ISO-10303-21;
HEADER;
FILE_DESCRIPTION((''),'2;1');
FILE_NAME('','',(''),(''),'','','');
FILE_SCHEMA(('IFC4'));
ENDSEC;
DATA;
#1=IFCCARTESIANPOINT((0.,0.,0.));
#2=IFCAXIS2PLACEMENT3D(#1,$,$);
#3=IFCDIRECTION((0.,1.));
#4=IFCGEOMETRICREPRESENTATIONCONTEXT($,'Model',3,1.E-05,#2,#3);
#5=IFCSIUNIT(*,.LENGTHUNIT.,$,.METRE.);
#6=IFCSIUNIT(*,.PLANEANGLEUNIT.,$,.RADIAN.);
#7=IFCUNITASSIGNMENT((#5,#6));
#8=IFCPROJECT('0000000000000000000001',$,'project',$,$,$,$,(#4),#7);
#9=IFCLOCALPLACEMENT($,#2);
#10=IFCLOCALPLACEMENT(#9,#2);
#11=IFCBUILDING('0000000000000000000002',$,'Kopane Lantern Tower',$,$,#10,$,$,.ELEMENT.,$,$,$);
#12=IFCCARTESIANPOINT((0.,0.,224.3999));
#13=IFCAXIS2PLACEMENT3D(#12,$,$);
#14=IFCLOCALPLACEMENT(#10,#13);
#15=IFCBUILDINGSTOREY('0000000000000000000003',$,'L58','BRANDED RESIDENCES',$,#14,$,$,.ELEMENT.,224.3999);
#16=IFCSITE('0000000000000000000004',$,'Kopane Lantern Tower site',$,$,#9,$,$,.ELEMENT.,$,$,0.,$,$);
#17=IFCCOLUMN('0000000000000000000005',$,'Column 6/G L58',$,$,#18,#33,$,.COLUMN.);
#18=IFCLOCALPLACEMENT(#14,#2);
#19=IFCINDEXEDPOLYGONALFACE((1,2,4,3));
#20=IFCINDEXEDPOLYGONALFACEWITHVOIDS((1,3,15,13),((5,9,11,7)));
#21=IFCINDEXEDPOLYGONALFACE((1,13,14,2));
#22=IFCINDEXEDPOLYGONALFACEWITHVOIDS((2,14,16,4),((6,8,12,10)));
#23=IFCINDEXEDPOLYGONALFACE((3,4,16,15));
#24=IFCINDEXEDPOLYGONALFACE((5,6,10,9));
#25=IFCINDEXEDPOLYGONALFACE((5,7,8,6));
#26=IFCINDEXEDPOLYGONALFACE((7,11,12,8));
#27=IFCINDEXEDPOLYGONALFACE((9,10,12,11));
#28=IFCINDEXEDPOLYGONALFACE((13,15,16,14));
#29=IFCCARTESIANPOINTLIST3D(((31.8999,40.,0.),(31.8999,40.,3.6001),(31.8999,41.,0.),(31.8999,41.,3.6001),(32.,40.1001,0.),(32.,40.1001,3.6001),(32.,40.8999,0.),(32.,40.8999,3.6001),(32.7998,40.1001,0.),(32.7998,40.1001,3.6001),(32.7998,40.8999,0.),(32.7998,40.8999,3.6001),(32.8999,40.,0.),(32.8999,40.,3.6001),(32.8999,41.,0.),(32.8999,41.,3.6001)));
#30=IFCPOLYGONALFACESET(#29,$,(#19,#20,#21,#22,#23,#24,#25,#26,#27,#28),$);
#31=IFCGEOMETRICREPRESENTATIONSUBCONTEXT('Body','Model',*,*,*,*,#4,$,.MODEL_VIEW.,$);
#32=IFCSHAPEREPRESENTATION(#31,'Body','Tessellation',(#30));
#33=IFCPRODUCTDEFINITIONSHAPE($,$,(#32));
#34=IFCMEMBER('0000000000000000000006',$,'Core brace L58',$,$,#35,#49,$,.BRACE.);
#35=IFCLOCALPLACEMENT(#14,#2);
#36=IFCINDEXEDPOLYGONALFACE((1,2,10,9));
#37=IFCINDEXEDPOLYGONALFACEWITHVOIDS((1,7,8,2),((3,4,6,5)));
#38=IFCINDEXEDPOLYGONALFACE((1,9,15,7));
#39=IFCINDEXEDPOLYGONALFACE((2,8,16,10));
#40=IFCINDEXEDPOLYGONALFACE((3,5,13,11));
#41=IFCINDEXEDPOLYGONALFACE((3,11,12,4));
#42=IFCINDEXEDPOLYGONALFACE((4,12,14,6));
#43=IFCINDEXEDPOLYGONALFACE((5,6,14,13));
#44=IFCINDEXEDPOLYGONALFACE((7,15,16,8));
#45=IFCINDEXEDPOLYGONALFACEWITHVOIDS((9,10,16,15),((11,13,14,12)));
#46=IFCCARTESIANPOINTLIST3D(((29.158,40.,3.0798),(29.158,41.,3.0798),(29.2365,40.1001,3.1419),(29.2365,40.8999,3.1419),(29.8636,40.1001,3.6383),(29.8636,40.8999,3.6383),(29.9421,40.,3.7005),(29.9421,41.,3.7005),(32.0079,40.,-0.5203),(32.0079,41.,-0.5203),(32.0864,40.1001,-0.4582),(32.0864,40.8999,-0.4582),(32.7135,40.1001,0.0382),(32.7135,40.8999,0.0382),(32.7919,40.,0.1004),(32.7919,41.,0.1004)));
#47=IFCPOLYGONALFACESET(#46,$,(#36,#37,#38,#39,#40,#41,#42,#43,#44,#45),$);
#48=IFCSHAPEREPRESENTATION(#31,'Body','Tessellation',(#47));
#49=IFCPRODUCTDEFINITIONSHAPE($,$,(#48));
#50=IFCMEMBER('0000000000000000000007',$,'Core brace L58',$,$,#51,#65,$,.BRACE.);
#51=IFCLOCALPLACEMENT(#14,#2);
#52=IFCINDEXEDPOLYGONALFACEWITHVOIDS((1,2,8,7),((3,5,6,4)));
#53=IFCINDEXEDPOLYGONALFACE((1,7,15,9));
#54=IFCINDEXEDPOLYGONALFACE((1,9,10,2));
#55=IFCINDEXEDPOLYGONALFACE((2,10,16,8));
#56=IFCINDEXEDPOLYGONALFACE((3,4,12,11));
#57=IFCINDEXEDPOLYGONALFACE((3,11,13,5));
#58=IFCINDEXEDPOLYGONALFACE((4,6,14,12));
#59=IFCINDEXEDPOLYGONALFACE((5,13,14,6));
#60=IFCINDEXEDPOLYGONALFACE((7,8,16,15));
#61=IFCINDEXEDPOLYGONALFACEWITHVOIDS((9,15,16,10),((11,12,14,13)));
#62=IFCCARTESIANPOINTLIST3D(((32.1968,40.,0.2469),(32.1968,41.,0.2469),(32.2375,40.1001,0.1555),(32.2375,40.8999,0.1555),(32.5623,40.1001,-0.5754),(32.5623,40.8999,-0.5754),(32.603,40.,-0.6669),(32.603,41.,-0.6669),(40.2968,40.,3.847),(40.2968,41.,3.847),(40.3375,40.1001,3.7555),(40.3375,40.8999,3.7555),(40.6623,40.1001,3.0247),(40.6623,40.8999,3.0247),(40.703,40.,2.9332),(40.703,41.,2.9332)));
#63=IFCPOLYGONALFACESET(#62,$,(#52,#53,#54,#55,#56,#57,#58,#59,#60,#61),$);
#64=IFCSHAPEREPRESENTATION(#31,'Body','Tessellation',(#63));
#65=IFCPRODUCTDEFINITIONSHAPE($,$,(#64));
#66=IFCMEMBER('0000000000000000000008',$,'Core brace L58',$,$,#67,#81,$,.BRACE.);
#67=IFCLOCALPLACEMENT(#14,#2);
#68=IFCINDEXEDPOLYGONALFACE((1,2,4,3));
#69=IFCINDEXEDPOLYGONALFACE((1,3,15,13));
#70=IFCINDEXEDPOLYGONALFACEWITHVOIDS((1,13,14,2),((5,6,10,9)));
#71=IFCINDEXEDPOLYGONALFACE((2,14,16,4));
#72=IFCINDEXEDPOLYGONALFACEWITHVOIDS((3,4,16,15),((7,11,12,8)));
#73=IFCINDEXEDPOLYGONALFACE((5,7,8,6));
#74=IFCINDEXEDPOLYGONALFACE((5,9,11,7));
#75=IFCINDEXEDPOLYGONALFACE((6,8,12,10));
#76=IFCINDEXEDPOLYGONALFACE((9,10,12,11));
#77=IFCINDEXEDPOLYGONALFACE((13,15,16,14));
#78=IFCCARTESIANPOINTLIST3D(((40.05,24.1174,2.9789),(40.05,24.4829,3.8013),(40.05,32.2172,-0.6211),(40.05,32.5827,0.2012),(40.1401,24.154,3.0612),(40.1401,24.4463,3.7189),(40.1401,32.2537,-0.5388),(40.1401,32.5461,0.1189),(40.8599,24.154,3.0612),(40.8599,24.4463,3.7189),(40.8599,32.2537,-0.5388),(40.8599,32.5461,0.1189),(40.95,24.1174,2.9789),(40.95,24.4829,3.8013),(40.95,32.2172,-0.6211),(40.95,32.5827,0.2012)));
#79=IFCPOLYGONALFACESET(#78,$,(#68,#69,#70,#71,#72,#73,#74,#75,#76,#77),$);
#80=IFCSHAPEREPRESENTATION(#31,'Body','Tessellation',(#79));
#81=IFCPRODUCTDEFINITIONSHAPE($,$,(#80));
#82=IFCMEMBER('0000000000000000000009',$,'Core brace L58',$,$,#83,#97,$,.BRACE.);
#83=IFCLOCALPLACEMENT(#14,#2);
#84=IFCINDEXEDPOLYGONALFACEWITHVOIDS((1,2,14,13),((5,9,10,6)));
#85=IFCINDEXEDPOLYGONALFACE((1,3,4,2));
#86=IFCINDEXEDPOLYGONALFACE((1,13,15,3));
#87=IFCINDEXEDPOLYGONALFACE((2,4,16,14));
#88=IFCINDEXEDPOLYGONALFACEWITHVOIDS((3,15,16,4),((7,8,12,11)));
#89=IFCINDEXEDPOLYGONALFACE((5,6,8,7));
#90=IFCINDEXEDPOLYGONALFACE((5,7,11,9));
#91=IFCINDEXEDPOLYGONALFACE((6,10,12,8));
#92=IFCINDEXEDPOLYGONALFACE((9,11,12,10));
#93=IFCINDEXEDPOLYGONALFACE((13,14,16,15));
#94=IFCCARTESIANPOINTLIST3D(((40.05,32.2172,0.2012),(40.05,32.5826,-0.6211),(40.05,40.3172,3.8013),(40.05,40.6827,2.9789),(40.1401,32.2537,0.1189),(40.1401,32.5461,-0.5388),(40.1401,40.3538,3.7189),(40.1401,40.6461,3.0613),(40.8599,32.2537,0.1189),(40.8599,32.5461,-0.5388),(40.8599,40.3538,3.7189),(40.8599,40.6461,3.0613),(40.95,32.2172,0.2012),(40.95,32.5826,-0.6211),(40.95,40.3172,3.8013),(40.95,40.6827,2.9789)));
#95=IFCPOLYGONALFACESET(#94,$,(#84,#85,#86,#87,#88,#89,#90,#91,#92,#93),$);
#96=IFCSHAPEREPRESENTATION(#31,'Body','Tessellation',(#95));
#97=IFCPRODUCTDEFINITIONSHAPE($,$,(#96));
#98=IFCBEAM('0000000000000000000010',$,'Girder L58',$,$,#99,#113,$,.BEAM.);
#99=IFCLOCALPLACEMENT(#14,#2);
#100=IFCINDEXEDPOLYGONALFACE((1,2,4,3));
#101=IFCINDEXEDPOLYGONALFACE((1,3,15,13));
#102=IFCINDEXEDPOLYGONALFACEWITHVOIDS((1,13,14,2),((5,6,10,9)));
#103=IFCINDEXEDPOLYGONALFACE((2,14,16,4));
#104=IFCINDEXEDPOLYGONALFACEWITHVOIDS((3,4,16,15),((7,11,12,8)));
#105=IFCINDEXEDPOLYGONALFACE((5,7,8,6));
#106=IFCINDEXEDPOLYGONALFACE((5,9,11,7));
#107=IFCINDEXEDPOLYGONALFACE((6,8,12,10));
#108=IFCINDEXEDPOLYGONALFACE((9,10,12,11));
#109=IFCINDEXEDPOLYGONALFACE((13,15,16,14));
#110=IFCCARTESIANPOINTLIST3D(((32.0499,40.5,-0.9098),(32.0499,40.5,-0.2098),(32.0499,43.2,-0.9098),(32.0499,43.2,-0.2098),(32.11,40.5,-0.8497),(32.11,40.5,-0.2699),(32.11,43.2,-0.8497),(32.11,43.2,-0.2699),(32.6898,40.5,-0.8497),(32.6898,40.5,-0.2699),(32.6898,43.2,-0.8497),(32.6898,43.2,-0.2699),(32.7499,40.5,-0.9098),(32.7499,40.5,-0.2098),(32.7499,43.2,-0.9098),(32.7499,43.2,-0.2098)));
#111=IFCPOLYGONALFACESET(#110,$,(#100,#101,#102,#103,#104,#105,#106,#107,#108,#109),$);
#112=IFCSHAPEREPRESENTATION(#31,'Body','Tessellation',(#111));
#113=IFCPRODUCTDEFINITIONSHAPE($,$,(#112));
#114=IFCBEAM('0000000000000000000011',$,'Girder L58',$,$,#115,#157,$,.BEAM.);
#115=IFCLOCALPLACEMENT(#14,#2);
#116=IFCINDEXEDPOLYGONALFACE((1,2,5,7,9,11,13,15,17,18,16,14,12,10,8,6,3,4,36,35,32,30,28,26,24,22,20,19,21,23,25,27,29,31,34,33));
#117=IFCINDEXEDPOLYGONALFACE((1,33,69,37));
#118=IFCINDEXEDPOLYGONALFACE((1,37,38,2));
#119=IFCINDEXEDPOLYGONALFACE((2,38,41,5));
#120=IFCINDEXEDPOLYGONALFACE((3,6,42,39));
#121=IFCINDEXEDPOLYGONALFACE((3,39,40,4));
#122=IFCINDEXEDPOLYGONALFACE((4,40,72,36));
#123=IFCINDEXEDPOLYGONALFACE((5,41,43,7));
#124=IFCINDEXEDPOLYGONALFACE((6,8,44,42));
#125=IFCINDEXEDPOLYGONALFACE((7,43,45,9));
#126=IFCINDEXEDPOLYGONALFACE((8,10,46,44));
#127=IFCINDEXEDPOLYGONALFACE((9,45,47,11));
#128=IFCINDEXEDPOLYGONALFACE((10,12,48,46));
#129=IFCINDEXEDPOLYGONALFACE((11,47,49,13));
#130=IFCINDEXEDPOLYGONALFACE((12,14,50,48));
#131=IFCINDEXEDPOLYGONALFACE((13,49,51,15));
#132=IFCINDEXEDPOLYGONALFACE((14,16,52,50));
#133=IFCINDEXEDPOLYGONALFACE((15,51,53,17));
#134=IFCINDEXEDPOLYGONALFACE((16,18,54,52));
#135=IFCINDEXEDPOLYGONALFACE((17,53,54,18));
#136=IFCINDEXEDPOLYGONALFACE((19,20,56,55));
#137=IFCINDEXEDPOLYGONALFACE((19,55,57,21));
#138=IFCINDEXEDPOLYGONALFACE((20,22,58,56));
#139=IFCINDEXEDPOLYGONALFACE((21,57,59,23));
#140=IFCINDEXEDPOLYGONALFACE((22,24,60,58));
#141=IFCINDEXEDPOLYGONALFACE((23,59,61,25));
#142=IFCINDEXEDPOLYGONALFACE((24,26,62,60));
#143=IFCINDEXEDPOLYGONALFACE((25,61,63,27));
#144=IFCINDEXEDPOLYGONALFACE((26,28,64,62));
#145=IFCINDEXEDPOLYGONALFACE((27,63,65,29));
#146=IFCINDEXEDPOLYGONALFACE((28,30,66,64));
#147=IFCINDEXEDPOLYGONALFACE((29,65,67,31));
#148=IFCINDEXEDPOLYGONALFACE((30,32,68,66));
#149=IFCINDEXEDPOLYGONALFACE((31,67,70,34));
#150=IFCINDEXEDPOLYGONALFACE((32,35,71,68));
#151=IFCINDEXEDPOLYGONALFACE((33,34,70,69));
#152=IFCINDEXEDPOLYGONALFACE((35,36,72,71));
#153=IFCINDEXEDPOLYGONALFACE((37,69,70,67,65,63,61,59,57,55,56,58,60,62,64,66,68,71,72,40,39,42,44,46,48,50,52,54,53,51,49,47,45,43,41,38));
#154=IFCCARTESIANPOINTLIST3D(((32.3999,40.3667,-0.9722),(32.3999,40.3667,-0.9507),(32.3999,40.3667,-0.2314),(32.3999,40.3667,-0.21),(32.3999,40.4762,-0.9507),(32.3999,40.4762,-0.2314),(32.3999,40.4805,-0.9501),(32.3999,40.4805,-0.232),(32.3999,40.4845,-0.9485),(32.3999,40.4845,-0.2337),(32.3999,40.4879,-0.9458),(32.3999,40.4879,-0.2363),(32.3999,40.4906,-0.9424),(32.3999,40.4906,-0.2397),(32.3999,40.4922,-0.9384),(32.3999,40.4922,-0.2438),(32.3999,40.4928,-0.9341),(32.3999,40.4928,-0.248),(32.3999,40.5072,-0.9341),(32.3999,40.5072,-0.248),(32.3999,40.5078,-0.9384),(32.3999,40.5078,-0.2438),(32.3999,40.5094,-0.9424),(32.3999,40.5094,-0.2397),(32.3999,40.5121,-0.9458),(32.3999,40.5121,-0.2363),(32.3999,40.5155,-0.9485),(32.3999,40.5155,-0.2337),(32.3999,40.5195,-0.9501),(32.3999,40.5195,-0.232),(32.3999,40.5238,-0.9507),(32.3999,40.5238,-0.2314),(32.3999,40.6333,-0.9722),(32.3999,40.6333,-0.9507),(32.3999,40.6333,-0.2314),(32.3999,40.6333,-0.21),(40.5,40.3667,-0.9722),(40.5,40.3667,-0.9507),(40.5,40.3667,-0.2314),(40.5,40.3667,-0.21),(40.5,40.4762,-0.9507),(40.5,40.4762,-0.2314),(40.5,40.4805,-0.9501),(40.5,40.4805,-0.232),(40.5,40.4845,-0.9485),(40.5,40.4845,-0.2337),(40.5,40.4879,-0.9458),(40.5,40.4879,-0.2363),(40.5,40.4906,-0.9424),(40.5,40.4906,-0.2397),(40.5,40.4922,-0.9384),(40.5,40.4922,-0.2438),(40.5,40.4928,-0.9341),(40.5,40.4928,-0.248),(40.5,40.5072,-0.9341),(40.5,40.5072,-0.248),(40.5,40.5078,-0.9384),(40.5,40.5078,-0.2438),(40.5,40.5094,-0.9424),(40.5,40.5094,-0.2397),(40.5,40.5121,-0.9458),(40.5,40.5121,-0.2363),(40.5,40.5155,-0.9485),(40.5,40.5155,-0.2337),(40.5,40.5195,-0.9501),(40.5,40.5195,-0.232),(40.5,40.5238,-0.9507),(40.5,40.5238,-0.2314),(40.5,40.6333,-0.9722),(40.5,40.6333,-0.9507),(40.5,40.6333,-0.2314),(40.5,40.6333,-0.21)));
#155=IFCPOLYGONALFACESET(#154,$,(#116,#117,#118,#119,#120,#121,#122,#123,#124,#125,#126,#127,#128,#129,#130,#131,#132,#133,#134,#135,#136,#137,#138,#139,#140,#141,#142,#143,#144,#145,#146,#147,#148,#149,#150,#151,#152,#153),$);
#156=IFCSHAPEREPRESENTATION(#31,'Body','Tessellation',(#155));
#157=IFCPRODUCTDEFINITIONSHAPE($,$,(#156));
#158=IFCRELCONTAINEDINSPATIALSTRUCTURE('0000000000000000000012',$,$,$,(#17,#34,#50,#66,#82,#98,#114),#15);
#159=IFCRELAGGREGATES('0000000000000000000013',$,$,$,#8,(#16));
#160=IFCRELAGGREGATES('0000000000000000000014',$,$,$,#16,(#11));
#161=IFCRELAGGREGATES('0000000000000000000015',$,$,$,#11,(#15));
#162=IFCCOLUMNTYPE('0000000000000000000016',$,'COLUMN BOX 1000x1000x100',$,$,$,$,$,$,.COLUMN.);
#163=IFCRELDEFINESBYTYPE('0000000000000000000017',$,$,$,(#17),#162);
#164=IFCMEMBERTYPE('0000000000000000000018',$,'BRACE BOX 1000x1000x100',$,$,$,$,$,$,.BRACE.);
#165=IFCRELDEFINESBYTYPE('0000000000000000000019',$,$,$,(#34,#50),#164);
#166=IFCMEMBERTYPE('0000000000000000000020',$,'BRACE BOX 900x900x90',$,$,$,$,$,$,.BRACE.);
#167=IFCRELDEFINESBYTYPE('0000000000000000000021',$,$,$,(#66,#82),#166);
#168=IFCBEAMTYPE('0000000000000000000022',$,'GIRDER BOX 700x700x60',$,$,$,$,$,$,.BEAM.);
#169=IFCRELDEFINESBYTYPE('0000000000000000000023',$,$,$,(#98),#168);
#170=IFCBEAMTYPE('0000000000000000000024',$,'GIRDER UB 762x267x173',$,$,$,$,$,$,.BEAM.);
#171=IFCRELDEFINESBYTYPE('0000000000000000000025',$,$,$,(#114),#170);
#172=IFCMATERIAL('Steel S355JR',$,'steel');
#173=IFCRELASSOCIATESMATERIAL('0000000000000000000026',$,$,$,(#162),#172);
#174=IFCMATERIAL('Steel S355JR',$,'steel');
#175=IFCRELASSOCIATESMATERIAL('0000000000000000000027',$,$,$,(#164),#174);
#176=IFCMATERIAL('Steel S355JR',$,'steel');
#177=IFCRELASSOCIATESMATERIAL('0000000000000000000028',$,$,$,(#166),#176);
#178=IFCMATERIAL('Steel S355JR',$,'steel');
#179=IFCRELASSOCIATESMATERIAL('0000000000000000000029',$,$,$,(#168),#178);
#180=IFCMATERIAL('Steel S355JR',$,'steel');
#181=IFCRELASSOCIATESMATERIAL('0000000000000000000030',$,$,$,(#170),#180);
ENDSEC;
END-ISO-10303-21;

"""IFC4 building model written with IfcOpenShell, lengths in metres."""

from ifc_helpers import new_model, si_unit, direction, frame, origin, origin_2d, place, context, subcontext, project, spatial, hollow_rectangle, i_section, extrude, material, material_profile, profile_set, type_object, element, save


model = new_model("IFC4")

# Units and contexts
model_context = context("Model", 3, precision=1e-05, world=origin(), true_north=direction((0.0, 1.0)))
body_context = subcontext(model_context, "Body", "Model", "MODEL_VIEW")
ifc_project = project(units=[si_unit("LENGTHUNIT", "METRE"), si_unit("PLANEANGLEUNIT", "RADIAN")], contexts=[model_context])

# Site, building, storey
site_placement = place(None, origin())
site = spatial("IfcSite", under=ifc_project, at=site_placement, Name="Kopane Lantern Tower site", CompositionType="ELEMENT", RefElevation=0.0)
building_placement = place(site_placement, origin())
building = spatial("IfcBuilding", under=site, at=building_placement, Name="Kopane Lantern Tower", CompositionType="ELEMENT")
storey_placement = place(building_placement, frame((0.0, 0.0, 224.3999)))
storey = spatial("IfcBuildingStorey", under=building, at=storey_placement, Name="L58", Description="BRANDED RESIDENCES", CompositionType="ELEMENT", Elevation=224.3999)

# Column
ifc_material_1 = material(Name="Steel S355JR", Category="steel")
ifc_material_profile_1 = material_profile(ifc_material_1, hollow_rectangle(XDim=1.0, YDim=1.0, WallThickness=0.1001, at=origin_2d()), Name="BOX 1000x1000x100")
ifc_profile_set_1 = profile_set([ifc_material_profile_1], Name="Steel S355JR")
column_type = type_object("IfcColumnType", Name="COLUMN BOX 1000x1000x100", PredefinedType="COLUMN", material=ifc_profile_set_1)
column_placement = place(storey_placement, frame((32.3999, 40.5, 0.0), z_axis=(0.0, 0.0, 1.0), x_axis=(1.0, 0.0, 0.0)))
element("IfcColumn", 1, at=column_placement, inside=storey, type_object=column_type, Name="Column 6/G L58", PredefinedType="COLUMN", context=body_context, shape_type="SweptSolid", body=[
    extrude(hollow_rectangle(XDim=1.0, YDim=1.0, WallThickness=0.1001, at=origin_2d()), origin(), (0.0, 0.0, 1.0), 3.6001),
])

# Members
ifc_material_2 = material(Name="Steel S355JR", Category="steel")
ifc_material_profile_2 = material_profile(ifc_material_2, hollow_rectangle(XDim=1.0, YDim=1.0, WallThickness=0.1001, at=origin_2d()), Name="BOX 1000x1000x100")
ifc_profile_set_2 = profile_set([ifc_material_profile_2], Name="Steel S355JR")
member_type_1 = type_object("IfcMemberType", Name="BRACE BOX 1000x1000x100", PredefinedType="BRACE", material=ifc_profile_set_2)
member_1_placement = place(storey_placement, frame((32.3999, 40.5, -0.21), z_axis=(-0.620673, 0.0, 0.78407), x_axis=(0.0, -1.0, 0.0)))
element("IfcMember", 2, at=member_1_placement, inside=storey, type_object=member_type_1, Name="Core brace L58", PredefinedType="BRACE", context=body_context, shape_type="SweptSolid", body=[
    extrude(hollow_rectangle(XDim=1.0, YDim=1.0, WallThickness=0.1001, at=origin_2d()), origin(), (0.0, 0.0, 1.0), 4.5916),
])
member_2_placement = place(storey_placement, frame((32.3999, 40.5, -0.21), z_axis=(0.913809, 0.0, 0.406144), x_axis=(0.0, 1.0, 0.0)))
element("IfcMember", 3, at=member_2_placement, inside=storey, type_object=member_type_1, Name="Core brace L58", PredefinedType="BRACE", context=body_context, shape_type="SweptSolid", body=[
    extrude(hollow_rectangle(XDim=1.0, YDim=1.0, WallThickness=0.1001, at=origin_2d()), origin(), (0.0, 0.0, 1.0), 8.864),
])
ifc_material_3 = material(Name="Steel S355JR", Category="steel")
ifc_material_profile_3 = material_profile(ifc_material_3, hollow_rectangle(XDim=0.8999, YDim=0.8999, WallThickness=0.0901, at=origin_2d()), Name="BOX 900x900x90")
ifc_profile_set_3 = profile_set([ifc_material_profile_3], Name="Steel S355JR")
member_type_2 = type_object("IfcMemberType", Name="BRACE BOX 900x900x90", PredefinedType="BRACE", material=ifc_profile_set_3)
member_3_placement = place(storey_placement, frame((40.5, 32.3999, -0.21), z_axis=(0.0, -0.913805, 0.406154), x_axis=(1.0, 0.0, 0.0)))
element("IfcMember", 4, at=member_3_placement, inside=storey, type_object=member_type_2, Name="Core brace L58", PredefinedType="BRACE", context=body_context, shape_type="SweptSolid", body=[
    extrude(hollow_rectangle(XDim=0.8999, YDim=0.8999, WallThickness=0.0901, at=origin_2d()), origin(), (0.0, 0.0, 1.0), 8.8638),
])
member_4_placement = place(storey_placement, frame((40.5, 32.3999, -0.21), z_axis=(0.0, 0.913809, 0.406144), x_axis=(-1.0, 0.0, 0.0)))
element("IfcMember", 5, at=member_4_placement, inside=storey, type_object=member_type_2, Name="Core brace L58", PredefinedType="BRACE", context=body_context, shape_type="SweptSolid", body=[
    extrude(hollow_rectangle(XDim=0.8999, YDim=0.8999, WallThickness=0.0901, at=origin_2d()), origin(), (0.0, 0.0, 1.0), 8.864),
])

# Beams
ifc_material_4 = material(Name="Steel S355JR", Category="steel")
ifc_material_profile_4 = material_profile(ifc_material_4, hollow_rectangle(XDim=0.7, YDim=0.7, WallThickness=0.0601, at=origin_2d()), Name="BOX 700x700x60")
ifc_profile_set_4 = profile_set([ifc_material_profile_4], Name="Steel S355JR")
beam_type_1 = type_object("IfcBeamType", Name="GIRDER BOX 700x700x60", PredefinedType="BEAM", material=ifc_profile_set_4)
beam_placement = place(storey_placement, frame((32.3999, 40.5, -0.5598), z_axis=(0.0, 1.0, 0.0), x_axis=(-1.0, 0.0, 0.0)))
element("IfcBeam", 6, at=beam_placement, inside=storey, type_object=beam_type_1, Name="Girder L58", PredefinedType="BEAM", context=body_context, shape_type="SweptSolid", body=[
    extrude(hollow_rectangle(XDim=0.7, YDim=0.7, WallThickness=0.0601, at=origin_2d()), origin(), (0.0, 0.0, 1.0), 2.7),
])
ifc_material_5 = material(Name="Steel S355JR", Category="steel")
ifc_material_profile_5 = material_profile(ifc_material_5, i_section(OverallWidth=0.2666, OverallDepth=0.7622, WebThickness=0.0144, FlangeThickness=0.0215, FilletRadius=0.0166, at=origin_2d()), Name="UB 762x267x173")
ifc_profile_set_5 = profile_set([ifc_material_profile_5], Name="Steel S355JR")
beam_type_2 = type_object("IfcBeamType", Name="GIRDER UB 762x267x173", PredefinedType="BEAM", material=ifc_profile_set_5)
for number, where, z_axis, x_axis, name in (
    (7, (32.3999, 40.5, -0.5911), (1.0, 0.0, 0.0), (0.0, 1.0, 0.0), "Girder L58"),
):
    element("IfcBeam", number, at=place(storey_placement, frame(where, z_axis=z_axis, x_axis=x_axis)), inside=storey, type_object=beam_type_2, Name=name, PredefinedType="BEAM", context=body_context, shape_type="SweptSolid", body=[
        extrude(i_section(OverallWidth=0.2666, OverallDepth=0.7622, WebThickness=0.0144, FlangeThickness=0.0215, FilletRadius=0.0166, at=origin_2d()), origin(), (0.0, 0.0, 1.0), 8.1001),
    ])

save(model, "model.ifc")
